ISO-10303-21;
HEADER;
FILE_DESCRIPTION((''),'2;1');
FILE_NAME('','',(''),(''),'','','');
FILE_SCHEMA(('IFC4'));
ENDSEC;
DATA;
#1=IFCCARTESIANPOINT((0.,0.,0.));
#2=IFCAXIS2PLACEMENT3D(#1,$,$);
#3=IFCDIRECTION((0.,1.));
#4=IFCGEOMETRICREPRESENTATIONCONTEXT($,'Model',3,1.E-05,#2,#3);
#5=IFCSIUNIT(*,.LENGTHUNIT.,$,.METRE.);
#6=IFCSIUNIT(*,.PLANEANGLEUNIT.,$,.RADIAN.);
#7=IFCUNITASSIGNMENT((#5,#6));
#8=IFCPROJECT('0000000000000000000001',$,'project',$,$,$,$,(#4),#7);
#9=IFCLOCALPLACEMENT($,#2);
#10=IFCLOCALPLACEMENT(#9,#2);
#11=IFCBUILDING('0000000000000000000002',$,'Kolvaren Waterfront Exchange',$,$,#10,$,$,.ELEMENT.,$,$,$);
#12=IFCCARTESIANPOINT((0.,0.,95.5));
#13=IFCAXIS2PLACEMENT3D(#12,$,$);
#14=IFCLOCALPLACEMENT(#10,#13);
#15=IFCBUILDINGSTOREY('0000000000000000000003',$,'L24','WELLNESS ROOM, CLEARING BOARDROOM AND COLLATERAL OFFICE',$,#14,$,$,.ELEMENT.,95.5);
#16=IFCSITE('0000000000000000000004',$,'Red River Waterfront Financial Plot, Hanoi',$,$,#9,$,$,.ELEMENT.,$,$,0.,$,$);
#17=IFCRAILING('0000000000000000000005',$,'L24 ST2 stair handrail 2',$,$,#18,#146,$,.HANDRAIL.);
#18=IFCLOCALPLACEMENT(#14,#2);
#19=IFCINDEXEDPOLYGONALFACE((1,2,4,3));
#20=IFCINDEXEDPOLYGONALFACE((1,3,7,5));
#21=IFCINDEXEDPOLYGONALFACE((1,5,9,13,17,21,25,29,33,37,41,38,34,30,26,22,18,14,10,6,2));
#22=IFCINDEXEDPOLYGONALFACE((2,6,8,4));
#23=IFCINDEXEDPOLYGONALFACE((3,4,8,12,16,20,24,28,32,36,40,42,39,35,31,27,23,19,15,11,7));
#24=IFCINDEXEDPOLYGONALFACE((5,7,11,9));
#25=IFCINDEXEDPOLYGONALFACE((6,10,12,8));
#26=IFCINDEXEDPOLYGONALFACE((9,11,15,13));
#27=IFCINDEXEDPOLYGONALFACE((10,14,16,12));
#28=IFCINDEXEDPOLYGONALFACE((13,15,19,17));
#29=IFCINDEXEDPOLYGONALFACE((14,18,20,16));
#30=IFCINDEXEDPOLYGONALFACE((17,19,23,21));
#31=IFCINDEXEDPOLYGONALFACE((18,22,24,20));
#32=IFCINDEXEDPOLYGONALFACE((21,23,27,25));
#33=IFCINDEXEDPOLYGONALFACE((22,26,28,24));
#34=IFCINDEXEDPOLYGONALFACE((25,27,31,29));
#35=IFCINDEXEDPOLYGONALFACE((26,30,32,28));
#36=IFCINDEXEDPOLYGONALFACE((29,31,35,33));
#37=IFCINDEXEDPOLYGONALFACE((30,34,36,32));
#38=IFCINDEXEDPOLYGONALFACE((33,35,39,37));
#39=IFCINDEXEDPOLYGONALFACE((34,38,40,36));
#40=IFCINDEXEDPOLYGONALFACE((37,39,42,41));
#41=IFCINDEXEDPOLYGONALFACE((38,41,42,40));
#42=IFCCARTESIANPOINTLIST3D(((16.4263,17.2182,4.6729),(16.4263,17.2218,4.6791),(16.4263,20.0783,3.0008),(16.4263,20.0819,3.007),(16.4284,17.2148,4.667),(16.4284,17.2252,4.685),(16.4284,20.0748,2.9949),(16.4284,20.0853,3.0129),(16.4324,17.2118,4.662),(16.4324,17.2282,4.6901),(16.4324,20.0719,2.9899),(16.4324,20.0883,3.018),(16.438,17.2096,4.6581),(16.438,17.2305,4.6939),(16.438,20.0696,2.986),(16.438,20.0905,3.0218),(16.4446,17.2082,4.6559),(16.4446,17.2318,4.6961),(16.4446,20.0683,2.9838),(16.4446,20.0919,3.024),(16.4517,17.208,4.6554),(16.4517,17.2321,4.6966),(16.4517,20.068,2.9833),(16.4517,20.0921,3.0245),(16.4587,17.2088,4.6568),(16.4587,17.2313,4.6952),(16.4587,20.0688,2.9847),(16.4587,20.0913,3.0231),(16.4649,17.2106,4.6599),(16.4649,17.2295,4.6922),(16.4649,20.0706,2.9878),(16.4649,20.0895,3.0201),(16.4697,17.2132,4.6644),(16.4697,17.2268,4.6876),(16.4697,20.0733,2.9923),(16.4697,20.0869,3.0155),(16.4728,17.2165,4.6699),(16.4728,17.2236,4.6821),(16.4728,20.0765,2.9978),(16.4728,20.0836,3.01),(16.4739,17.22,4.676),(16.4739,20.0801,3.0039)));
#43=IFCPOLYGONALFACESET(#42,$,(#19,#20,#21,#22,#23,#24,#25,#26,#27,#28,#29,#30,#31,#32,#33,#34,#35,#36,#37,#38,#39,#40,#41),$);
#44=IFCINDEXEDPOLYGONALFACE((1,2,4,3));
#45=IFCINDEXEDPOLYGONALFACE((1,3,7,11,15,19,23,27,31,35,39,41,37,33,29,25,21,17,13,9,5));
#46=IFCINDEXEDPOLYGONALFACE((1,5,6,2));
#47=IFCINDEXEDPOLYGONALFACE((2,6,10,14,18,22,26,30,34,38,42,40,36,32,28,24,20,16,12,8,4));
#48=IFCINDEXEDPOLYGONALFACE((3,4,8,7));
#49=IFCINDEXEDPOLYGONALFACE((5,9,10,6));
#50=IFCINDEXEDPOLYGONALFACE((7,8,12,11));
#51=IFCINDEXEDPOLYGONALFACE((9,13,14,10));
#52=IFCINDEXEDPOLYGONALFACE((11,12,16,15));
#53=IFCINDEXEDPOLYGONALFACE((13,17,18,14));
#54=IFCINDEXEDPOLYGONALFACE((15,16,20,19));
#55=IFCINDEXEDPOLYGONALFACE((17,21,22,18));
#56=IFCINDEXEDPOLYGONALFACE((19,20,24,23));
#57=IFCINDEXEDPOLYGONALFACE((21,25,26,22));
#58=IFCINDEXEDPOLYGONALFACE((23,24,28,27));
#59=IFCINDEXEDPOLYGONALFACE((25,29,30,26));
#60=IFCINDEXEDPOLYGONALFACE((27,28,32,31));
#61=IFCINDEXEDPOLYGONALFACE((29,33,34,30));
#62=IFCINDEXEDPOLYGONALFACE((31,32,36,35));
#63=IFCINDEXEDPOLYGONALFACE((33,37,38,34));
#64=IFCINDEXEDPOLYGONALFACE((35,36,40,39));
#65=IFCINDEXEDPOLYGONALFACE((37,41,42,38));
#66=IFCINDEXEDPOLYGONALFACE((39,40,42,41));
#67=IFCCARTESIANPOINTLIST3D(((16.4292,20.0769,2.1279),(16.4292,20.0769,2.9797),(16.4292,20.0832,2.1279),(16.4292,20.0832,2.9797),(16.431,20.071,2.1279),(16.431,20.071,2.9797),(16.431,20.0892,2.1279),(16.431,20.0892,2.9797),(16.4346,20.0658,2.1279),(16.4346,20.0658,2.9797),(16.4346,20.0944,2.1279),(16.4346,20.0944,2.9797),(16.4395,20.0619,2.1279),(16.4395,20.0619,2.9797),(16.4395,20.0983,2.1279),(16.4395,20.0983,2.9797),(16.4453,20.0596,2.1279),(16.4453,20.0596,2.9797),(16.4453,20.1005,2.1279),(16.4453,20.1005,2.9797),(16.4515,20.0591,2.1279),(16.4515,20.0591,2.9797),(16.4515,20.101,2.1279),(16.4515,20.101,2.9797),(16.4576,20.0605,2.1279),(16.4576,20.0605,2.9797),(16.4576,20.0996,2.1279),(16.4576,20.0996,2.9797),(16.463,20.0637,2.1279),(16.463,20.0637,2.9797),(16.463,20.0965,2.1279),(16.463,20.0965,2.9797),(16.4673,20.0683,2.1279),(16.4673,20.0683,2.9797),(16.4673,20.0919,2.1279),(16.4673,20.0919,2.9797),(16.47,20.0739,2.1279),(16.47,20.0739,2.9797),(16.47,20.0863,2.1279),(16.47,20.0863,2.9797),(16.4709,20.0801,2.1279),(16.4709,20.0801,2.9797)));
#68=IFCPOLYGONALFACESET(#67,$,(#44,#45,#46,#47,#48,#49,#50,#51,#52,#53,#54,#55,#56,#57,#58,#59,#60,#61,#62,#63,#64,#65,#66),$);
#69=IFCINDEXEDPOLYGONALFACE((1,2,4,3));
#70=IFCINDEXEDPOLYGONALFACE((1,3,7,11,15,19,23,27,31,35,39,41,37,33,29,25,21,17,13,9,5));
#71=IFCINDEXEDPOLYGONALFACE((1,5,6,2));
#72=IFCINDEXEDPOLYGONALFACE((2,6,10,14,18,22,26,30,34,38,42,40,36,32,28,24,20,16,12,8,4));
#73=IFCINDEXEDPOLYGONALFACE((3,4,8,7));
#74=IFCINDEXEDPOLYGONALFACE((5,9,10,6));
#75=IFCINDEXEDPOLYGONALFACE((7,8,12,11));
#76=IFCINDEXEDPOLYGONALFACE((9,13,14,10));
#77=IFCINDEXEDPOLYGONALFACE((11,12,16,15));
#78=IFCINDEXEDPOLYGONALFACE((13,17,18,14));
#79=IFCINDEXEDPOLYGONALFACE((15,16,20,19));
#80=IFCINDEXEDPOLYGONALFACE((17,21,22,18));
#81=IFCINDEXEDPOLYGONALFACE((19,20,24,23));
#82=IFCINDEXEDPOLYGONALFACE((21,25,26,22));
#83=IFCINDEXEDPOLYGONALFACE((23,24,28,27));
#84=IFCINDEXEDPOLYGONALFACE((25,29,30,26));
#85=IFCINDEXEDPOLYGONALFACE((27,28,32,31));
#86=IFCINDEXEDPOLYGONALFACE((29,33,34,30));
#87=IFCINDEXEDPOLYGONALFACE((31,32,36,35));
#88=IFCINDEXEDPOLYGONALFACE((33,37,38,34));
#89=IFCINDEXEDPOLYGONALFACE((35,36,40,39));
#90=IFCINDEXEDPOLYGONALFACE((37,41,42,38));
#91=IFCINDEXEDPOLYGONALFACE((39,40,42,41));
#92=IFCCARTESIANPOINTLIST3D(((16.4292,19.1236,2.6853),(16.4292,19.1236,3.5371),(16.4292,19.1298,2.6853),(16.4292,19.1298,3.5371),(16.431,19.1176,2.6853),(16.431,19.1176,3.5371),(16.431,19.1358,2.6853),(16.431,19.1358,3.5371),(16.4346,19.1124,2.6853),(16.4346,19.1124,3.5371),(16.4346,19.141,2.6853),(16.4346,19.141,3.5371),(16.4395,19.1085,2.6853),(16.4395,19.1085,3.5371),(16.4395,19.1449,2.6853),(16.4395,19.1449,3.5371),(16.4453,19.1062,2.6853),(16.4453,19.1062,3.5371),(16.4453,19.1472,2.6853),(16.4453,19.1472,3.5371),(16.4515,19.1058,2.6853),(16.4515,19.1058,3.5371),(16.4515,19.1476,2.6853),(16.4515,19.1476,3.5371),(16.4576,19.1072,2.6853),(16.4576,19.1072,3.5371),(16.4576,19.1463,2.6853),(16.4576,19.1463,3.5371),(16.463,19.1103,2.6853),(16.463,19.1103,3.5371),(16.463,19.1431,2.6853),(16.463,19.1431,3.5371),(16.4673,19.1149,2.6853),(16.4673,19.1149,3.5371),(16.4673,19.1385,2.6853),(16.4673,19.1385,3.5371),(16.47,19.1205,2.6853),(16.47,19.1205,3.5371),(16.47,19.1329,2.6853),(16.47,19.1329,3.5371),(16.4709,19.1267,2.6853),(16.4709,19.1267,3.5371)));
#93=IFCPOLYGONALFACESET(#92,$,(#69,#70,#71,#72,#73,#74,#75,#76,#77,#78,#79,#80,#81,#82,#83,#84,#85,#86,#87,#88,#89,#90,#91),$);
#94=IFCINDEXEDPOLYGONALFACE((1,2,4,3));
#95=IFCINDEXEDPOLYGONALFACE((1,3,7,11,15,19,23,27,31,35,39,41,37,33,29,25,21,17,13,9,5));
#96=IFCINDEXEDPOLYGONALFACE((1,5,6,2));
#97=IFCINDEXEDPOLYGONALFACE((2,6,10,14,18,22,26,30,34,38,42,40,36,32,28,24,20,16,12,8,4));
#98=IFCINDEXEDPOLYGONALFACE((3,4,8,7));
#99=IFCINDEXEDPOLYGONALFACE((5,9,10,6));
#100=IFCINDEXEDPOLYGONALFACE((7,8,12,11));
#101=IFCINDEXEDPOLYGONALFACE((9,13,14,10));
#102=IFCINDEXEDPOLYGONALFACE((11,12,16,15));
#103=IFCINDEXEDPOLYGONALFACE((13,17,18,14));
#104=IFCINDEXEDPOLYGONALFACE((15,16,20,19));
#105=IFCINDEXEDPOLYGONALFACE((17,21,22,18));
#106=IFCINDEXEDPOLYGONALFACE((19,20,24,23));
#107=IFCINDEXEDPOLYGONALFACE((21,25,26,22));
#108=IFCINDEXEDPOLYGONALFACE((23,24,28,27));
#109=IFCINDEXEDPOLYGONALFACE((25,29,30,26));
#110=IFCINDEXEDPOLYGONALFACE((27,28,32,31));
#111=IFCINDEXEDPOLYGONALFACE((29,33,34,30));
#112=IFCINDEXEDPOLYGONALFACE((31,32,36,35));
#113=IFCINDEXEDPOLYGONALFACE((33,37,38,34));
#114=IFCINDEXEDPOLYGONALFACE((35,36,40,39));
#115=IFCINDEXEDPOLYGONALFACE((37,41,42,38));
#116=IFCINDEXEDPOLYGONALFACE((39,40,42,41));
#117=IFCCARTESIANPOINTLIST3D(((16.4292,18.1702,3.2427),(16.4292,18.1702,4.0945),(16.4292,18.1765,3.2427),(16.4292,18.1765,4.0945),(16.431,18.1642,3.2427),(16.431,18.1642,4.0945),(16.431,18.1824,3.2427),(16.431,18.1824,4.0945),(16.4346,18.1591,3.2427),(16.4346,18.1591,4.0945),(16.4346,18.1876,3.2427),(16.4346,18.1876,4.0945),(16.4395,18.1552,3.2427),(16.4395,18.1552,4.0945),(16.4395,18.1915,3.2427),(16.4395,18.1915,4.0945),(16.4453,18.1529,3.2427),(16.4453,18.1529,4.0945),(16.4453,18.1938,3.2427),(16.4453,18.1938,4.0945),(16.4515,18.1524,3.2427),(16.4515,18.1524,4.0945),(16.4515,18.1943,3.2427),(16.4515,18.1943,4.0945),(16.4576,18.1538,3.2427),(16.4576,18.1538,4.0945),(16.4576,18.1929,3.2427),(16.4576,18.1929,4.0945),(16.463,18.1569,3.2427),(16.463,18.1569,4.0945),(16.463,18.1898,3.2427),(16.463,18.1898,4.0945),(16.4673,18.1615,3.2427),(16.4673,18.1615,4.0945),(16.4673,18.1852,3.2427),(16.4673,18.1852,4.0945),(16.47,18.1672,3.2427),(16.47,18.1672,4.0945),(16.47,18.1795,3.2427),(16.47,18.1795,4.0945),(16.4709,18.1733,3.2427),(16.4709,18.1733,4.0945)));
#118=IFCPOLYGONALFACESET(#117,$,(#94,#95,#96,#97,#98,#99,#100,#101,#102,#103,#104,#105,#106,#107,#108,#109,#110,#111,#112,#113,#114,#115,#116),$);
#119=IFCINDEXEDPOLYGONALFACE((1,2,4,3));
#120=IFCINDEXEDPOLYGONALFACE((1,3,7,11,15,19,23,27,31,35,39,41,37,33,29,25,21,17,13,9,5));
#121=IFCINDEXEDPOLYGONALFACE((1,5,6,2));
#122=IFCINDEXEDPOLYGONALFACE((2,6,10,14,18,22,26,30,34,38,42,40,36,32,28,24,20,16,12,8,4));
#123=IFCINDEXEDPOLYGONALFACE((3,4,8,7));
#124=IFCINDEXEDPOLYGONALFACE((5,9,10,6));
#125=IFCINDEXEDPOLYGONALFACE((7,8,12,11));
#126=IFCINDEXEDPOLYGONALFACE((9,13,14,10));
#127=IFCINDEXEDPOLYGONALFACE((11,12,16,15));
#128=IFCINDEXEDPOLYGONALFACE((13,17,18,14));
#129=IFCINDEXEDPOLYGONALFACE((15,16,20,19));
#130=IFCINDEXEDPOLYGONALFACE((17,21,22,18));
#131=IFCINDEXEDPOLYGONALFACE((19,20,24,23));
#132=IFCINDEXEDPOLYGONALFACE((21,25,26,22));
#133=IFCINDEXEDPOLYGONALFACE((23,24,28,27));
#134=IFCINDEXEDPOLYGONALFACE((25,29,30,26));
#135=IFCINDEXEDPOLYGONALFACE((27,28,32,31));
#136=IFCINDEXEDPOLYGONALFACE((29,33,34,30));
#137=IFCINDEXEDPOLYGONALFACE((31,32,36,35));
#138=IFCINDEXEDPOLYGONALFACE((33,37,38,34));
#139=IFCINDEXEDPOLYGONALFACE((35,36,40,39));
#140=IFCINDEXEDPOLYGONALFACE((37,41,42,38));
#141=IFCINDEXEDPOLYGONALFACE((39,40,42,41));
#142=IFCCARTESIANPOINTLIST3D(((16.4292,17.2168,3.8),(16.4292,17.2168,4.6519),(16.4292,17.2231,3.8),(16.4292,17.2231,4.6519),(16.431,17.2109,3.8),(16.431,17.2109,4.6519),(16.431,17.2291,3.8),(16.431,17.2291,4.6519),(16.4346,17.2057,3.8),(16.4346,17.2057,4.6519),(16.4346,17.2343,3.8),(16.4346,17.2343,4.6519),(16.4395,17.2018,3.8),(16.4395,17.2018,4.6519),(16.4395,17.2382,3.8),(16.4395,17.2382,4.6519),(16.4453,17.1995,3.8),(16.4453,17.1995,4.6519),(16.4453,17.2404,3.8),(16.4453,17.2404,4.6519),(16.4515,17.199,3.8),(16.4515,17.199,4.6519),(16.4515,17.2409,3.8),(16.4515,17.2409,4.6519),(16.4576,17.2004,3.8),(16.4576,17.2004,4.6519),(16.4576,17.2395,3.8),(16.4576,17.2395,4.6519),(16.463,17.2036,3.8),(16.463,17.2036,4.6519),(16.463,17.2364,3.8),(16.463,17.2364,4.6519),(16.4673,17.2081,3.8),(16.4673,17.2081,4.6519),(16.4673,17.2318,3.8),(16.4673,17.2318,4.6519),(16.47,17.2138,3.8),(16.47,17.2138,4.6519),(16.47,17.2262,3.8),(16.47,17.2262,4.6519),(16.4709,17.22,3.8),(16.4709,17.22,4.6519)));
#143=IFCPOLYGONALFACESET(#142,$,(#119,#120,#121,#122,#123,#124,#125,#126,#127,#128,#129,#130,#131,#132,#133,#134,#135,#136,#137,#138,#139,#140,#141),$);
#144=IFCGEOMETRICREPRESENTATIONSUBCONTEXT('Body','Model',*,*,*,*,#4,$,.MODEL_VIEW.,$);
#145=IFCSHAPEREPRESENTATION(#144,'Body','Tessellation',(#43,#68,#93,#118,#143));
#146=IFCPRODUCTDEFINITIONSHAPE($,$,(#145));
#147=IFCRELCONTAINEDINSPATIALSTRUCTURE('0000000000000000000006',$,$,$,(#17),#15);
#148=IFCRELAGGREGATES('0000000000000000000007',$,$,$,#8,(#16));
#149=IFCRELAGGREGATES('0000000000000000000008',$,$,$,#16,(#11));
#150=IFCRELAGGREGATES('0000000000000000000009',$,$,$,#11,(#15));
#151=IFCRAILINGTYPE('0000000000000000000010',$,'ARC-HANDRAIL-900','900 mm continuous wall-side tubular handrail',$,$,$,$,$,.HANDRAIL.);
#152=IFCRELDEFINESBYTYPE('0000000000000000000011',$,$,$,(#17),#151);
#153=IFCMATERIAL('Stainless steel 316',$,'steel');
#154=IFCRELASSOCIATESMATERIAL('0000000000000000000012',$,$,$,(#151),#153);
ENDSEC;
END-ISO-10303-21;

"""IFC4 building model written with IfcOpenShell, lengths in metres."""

from ifc_helpers import new_model, si_unit, direction, frame, origin, origin_2d, place, context, subcontext, project, spatial, circle, extrude, material, type_object, element, save


model = new_model("IFC4")

# Units and contexts
model_context = context("Model", 3, precision=1e-05, world=origin(), true_north=direction((0.0, 1.0)))
body_context = subcontext(model_context, "Body", "Model", "MODEL_VIEW")
ifc_project = project(units=[si_unit("LENGTHUNIT", "METRE"), si_unit("PLANEANGLEUNIT", "RADIAN")], contexts=[model_context])

# Site, building, storey
site_placement = place(None, origin())
site = spatial("IfcSite", under=ifc_project, at=site_placement, Name="Red River Waterfront Financial Plot, Hanoi", CompositionType="ELEMENT", RefElevation=0.0)
building_placement = place(site_placement, origin())
building = spatial("IfcBuilding", under=site, at=building_placement, Name="Kolvaren Waterfront Exchange", CompositionType="ELEMENT")
storey_placement = place(building_placement, frame((0.0, 0.0, 95.5)))
storey = spatial("IfcBuildingStorey", under=building, at=storey_placement, Name="L24", Description="WELLNESS ROOM, CLEARING BOARDROOM AND COLLATERAL OFFICE", CompositionType="ELEMENT", Elevation=95.5)

# Railing
ifc_material_1 = material(Name="Stainless steel 316", Category="steel")
railing_type_1 = type_object("IfcRailingType", Name="ARC-HANDRAIL-900", Description="900 mm continuous wall-side tubular handrail", PredefinedType="HANDRAIL", material=ifc_material_1)
railing_1_placement = place(storey_placement, frame((16.45, 20.0801, 2.1279)))
element("IfcRailing", 1, at=railing_1_placement, inside=storey, type_object=railing_type_1, Name="L24 ST2 stair handrail 2", PredefinedType="HANDRAIL", context=body_context, shape_type="SweptSolid", body=[
    extrude(circle(Radius=0.0239, at=origin_2d()), frame((0.0, 0.0, 0.876), z_axis=(0.0, -0.863289, 0.504709), x_axis=(1.0, 0.0, 0.0)), (0.0, 0.0, 1.0), 3.313),
    extrude(circle(Radius=0.021, at=origin_2d()), origin(), (0.0, 0.0, 1.0), 0.8518),
    extrude(circle(Radius=0.021, at=origin_2d()), frame((0.0, -0.9534, 0.5574)), (0.0, 0.0, 1.0), 0.8518),
    extrude(circle(Radius=0.021, at=origin_2d()), frame((0.0, -1.9067, 1.1147)), (0.0, 0.0, 1.0), 0.8518),
    extrude(circle(Radius=0.021, at=origin_2d()), frame((0.0, -2.8601, 1.6721)), (0.0, 0.0, 1.0), 0.8518),
])

save(model, "model.ifc")
